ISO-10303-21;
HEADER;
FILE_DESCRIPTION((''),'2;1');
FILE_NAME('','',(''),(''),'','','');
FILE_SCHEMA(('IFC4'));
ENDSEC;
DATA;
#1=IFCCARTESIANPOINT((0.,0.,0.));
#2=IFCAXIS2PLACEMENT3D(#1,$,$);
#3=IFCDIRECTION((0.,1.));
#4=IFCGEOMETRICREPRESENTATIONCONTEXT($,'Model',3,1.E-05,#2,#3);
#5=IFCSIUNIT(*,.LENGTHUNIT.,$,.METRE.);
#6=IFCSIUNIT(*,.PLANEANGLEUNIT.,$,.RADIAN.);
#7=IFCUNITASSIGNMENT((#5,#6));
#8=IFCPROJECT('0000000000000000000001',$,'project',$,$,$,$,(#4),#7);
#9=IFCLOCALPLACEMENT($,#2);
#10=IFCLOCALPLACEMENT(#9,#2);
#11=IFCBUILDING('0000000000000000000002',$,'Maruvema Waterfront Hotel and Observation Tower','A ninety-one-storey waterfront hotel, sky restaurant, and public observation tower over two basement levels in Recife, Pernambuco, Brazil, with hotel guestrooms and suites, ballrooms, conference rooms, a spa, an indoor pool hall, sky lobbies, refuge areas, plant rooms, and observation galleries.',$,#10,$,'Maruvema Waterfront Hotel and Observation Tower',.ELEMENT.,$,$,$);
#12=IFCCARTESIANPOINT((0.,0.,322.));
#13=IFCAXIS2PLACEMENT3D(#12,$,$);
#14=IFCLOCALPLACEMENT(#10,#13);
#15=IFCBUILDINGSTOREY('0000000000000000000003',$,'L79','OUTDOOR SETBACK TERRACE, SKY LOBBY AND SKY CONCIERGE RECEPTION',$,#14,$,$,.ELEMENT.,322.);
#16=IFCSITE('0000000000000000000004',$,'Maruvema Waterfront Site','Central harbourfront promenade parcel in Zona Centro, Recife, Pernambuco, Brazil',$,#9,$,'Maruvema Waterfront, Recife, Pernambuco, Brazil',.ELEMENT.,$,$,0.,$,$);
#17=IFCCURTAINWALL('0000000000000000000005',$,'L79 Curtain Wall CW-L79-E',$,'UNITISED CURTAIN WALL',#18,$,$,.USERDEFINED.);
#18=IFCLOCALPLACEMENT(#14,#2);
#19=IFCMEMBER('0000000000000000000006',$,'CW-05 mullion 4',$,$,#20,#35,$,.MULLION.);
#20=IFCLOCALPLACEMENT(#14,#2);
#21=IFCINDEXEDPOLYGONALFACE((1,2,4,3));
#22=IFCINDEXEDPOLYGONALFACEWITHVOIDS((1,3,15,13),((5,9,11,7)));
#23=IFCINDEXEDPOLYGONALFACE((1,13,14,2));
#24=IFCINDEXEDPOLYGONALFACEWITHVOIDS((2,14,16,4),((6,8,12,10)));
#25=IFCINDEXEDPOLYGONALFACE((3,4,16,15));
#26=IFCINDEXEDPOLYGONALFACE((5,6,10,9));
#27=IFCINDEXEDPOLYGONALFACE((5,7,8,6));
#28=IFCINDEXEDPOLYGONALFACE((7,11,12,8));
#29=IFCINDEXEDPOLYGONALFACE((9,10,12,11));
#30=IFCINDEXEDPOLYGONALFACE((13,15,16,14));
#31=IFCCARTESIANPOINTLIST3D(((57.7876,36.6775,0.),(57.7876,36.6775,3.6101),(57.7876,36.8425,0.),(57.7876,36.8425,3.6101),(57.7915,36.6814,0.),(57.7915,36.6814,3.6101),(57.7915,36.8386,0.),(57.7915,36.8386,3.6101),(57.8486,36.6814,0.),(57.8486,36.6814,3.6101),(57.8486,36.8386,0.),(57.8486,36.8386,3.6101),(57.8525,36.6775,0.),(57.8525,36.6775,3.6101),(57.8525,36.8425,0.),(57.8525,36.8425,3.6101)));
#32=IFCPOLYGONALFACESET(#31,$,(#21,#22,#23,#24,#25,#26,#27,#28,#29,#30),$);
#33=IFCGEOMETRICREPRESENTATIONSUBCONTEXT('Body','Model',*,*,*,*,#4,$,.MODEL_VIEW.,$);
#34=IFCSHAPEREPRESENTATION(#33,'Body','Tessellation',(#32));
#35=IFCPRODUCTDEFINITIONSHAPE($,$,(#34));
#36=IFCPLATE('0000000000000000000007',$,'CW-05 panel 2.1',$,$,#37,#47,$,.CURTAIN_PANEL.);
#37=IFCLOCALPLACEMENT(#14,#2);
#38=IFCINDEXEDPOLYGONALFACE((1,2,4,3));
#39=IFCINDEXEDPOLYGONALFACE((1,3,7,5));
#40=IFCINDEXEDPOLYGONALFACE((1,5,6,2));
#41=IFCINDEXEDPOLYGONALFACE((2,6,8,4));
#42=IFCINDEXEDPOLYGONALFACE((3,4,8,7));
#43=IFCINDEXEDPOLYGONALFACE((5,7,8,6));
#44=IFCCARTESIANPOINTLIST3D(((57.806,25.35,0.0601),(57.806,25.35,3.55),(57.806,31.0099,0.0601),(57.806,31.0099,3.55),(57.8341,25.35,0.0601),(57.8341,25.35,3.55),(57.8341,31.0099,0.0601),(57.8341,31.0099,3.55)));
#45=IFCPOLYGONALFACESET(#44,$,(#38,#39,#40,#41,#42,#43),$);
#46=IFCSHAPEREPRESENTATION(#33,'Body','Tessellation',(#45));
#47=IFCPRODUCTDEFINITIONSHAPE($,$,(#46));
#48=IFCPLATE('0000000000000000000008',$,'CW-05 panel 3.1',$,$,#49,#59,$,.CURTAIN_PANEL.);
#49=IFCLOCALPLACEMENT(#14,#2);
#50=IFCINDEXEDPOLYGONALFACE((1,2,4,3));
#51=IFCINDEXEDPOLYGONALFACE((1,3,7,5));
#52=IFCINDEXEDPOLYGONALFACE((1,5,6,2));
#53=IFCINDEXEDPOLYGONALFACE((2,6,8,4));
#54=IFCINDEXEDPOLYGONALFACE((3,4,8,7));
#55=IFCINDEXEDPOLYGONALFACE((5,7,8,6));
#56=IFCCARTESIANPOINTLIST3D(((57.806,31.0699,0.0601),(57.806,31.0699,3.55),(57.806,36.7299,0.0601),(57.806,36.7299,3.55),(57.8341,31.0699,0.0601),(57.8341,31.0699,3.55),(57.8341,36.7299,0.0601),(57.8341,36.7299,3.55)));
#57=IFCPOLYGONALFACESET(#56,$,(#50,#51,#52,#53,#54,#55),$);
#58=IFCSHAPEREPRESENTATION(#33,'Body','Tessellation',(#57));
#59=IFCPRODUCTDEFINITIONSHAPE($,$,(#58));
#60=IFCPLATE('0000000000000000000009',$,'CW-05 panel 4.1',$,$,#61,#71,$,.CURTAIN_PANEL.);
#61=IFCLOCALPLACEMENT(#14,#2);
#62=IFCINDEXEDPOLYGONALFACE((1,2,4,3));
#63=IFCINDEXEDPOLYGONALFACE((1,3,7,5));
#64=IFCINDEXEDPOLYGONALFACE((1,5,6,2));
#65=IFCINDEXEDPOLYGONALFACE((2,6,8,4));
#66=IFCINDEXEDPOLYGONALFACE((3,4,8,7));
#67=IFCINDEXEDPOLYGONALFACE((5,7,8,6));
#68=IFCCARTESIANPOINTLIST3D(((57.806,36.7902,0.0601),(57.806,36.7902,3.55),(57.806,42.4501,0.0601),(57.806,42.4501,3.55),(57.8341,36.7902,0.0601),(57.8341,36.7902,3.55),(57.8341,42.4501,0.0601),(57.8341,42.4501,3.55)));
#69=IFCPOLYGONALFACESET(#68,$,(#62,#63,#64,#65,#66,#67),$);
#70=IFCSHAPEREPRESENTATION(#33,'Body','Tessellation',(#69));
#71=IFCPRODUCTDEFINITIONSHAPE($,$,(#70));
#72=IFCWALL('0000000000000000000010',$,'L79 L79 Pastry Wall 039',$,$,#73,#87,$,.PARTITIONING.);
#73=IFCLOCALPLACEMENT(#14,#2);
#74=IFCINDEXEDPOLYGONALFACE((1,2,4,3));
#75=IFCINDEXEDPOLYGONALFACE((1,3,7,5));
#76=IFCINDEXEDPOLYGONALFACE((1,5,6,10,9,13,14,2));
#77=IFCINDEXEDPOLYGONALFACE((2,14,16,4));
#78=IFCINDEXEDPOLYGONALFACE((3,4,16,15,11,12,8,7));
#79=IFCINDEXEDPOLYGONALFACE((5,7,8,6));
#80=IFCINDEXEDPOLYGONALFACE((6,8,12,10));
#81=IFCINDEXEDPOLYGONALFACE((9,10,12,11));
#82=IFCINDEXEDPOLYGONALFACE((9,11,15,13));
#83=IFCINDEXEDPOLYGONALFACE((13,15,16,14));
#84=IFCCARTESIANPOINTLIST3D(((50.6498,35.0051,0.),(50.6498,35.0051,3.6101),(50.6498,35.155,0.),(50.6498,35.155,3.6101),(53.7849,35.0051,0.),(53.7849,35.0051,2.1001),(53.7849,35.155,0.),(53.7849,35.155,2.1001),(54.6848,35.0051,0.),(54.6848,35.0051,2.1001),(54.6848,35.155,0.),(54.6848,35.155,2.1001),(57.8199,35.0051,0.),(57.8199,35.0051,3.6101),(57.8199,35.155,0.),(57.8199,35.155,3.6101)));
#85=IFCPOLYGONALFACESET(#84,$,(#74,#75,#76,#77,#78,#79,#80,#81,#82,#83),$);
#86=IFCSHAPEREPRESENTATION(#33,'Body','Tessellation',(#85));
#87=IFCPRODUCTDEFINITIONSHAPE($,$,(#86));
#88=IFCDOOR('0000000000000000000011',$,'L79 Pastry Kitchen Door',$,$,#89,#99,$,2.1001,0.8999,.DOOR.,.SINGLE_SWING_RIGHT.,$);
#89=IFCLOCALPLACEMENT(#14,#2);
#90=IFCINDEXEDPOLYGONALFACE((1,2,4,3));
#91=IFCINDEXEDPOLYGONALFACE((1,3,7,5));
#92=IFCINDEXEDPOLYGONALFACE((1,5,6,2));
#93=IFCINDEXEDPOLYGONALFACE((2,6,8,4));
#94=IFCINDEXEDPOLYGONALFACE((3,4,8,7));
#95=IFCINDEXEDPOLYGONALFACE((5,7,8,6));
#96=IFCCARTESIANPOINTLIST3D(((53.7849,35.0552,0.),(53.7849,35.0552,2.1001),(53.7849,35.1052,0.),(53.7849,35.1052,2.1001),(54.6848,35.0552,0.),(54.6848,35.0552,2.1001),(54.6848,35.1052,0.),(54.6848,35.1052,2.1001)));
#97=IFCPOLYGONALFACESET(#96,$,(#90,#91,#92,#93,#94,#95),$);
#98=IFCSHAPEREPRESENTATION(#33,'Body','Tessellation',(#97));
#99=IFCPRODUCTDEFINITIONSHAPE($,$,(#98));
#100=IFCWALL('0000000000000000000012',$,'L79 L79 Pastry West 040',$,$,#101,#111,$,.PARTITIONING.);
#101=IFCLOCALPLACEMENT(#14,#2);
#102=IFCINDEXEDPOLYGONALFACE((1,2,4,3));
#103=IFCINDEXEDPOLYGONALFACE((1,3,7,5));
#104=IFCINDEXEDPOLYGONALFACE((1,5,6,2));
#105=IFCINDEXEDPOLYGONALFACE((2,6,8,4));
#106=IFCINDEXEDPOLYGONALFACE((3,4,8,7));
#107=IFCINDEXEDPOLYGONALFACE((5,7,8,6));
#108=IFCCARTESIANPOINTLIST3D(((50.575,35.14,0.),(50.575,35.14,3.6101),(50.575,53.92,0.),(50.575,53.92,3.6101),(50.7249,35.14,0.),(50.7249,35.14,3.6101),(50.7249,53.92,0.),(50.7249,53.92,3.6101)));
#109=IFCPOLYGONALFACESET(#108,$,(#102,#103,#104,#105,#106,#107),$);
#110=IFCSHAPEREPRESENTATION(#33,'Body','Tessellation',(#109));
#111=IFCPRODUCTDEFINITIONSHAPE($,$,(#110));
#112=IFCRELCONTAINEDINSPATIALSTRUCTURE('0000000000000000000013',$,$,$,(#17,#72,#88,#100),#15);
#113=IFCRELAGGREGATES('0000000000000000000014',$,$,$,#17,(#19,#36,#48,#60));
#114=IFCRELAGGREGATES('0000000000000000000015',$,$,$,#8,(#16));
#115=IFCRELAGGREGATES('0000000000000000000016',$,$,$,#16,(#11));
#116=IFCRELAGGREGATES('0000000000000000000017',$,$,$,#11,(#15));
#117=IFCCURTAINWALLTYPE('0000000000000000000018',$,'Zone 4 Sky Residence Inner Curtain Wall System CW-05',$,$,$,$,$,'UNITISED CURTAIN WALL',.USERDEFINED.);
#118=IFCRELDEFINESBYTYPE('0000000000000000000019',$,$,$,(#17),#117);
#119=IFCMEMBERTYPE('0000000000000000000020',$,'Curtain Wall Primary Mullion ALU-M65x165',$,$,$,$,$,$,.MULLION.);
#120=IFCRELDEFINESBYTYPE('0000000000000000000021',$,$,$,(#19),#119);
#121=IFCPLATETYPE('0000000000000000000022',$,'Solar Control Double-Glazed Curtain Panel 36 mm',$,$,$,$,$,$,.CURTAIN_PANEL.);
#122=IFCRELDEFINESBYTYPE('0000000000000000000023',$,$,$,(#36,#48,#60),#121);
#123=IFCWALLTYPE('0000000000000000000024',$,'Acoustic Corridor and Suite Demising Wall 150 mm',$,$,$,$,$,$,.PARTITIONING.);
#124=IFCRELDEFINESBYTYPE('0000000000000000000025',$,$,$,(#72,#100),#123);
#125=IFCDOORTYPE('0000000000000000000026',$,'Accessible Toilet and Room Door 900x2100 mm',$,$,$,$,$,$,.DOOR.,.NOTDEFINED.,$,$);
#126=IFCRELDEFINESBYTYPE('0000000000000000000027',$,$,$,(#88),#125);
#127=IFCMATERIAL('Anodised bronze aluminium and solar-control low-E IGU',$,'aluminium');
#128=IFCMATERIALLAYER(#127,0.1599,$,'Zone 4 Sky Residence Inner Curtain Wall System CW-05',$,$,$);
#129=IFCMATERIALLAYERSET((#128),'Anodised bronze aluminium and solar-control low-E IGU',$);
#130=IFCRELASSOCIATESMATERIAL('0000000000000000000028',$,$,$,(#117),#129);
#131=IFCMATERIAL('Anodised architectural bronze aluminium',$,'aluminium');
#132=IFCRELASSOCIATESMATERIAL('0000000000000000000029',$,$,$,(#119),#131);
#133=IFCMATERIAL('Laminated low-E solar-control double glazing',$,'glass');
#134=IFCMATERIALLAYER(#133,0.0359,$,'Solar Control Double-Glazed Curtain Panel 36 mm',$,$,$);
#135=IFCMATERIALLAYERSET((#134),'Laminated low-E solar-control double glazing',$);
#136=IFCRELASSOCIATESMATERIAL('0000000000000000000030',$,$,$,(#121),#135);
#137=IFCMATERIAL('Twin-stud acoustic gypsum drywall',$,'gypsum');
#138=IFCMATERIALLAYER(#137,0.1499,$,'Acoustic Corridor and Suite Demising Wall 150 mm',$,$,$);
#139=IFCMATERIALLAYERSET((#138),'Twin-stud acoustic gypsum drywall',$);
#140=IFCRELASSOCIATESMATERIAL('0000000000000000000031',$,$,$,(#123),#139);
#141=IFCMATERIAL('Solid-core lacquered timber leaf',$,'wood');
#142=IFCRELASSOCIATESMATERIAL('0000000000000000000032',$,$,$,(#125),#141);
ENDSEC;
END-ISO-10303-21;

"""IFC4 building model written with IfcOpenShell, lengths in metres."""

from ifc_helpers import new_model, si_unit, direction, frame, frame_2d, origin, origin_2d, place, context, subcontext, project, spatial, rectangle, hollow_rectangle, extrude, material, layer, layer_set, material_profile, profile_set, type_object, element, fill, aggregate, save


model = new_model("IFC4")

# Units and contexts
model_context = context("Model", 3, precision=1e-05, world=origin(), true_north=direction((0.0, 1.0)))
body_context = subcontext(model_context, "Body", "Model", "MODEL_VIEW")
ifc_project = project(units=[si_unit("LENGTHUNIT", "METRE"), si_unit("PLANEANGLEUNIT", "RADIAN")], contexts=[model_context])

# Site, building, storey
site_placement = place(None, origin())
site = spatial("IfcSite", under=ifc_project, at=site_placement, Name="Maruvema Waterfront Site", Description="Central harbourfront promenade parcel in Zona Centro, Recife, Pernambuco, Brazil", LongName="Maruvema Waterfront, Recife, Pernambuco, Brazil", CompositionType="ELEMENT", RefElevation=0.0)
building_placement = place(site_placement, origin())
building = spatial("IfcBuilding", under=site, at=building_placement, Name="Maruvema Waterfront Hotel and Observation Tower", Description="A ninety-one-storey waterfront hotel, sky restaurant, and public observation tower over two basement levels in Recife, Pernambuco, Brazil, with hotel guestrooms and suites, ballrooms, conference rooms, a spa, an indoor pool hall, sky lobbies, refuge areas, plant rooms, and observation galleries.", LongName="Maruvema Waterfront Hotel and Observation Tower", CompositionType="ELEMENT")
storey_placement = place(building_placement, frame((0.0, 0.0, 322.0)))
storey = spatial("IfcBuildingStorey", under=building, at=storey_placement, Name="L79", Description="OUTDOOR SETBACK TERRACE, SKY LOBBY AND SKY CONCIERGE RECEPTION", CompositionType="ELEMENT", Elevation=322.0)

# Curtain wall, member, plates
ifc_material_1 = material(Name="Anodised bronze aluminium and solar-control low-E IGU", Category="aluminium")
ifc_layer_1 = layer(ifc_material_1, 0.1599, Name="Zone 4 Sky Residence Inner Curtain Wall System CW-05")
ifc_layer_set_1 = layer_set([ifc_layer_1], Name="Anodised bronze aluminium and solar-control low-E IGU")
curtain_wall_type = type_object("IfcCurtainWallType", Name="Zone 4 Sky Residence Inner Curtain Wall System CW-05", ElementType="UNITISED CURTAIN WALL", PredefinedType="USERDEFINED", material=ifc_layer_set_1)
curtain_wall_placement = place(storey_placement, origin())
curtain_wall = element("IfcCurtainWall", 1, at=curtain_wall_placement, inside=storey, type_object=curtain_wall_type, Name="L79 Curtain Wall CW-L79-E", ObjectType="UNITISED CURTAIN WALL", PredefinedType="USERDEFINED")
ifc_material_2 = material(Name="Anodised architectural bronze aluminium", Category="aluminium")
ifc_material_profile_1 = material_profile(ifc_material_2, hollow_rectangle(XDim=0.0649, YDim=0.165, WallThickness=0.0039, at=origin_2d()), Name="ALU-M65x165")
ifc_profile_set_1 = profile_set([ifc_material_profile_1], Name="Anodised architectural bronze aluminium")
member_type_1 = type_object("IfcMemberType", Name="Curtain Wall Primary Mullion ALU-M65x165", PredefinedType="MULLION", material=ifc_profile_set_1)
member_1_placement = place(storey_placement, frame((57.8201, 36.76, 0.0), z_axis=(0.0, 0.0, 1.0), x_axis=(-1.0, 0.0, 0.0)))
member_1 = element("IfcMember", 2, at=member_1_placement, type_object=member_type_1, Name="CW-05 mullion 4", PredefinedType="MULLION", context=body_context, shape_type="SweptSolid", body=[
    extrude(hollow_rectangle(XDim=0.0649, YDim=0.165, WallThickness=0.0039, at=origin_2d()), origin(), (0.0, 0.0, 1.0), 3.6101),
])
ifc_material_3 = material(Name="Laminated low-E solar-control double glazing", Category="glass")
ifc_layer_2 = layer(ifc_material_3, 0.0359, Name="Solar Control Double-Glazed Curtain Panel 36 mm")
ifc_layer_set_2 = layer_set([ifc_layer_2], Name="Laminated low-E solar-control double glazing")
plate_type = type_object("IfcPlateType", Name="Solar Control Double-Glazed Curtain Panel 36 mm", PredefinedType="CURTAIN_PANEL", material=ifc_layer_set_2)
plate_1_placement = place(storey_placement, frame((57.8201, 28.1799, 0.0601), z_axis=(0.0, 0.0, 1.0), x_axis=(0.0, 1.0, 0.0)))
plate_1 = element("IfcPlate", 3, at=plate_1_placement, type_object=plate_type, Name="CW-05 panel 2.1", PredefinedType="CURTAIN_PANEL", context=body_context, shape_type="SweptSolid", body=[
    extrude(rectangle(XDim=5.6599, YDim=0.0281, at=origin_2d()), origin(), (0.0, 0.0, 1.0), 3.49),
])
plate_2_placement = place(storey_placement, frame((57.8201, 33.8999, 0.0601), z_axis=(0.0, 0.0, 1.0), x_axis=(0.0, 1.0, 0.0)))
plate_2 = element("IfcPlate", 4, at=plate_2_placement, type_object=plate_type, Name="CW-05 panel 3.1", PredefinedType="CURTAIN_PANEL", context=body_context, shape_type="SweptSolid", body=[
    extrude(rectangle(XDim=5.6599, YDim=0.0281, at=origin_2d()), origin(), (0.0, 0.0, 1.0), 3.49),
])
plate_3_placement = place(storey_placement, frame((57.8201, 39.6201, 0.0601), z_axis=(0.0, 0.0, 1.0), x_axis=(0.0, 1.0, 0.0)))
plate_3 = element("IfcPlate", 5, at=plate_3_placement, type_object=plate_type, Name="CW-05 panel 4.1", PredefinedType="CURTAIN_PANEL", context=body_context, shape_type="SweptSolid", body=[
    extrude(rectangle(XDim=5.6599, YDim=0.0281, at=origin_2d()), origin(), (0.0, 0.0, 1.0), 3.49),
])
aggregate(curtain_wall, [member_1, plate_1, plate_2, plate_3])

# Wall, opening, door
ifc_material_4 = material(Name="Twin-stud acoustic gypsum drywall", Category="gypsum")
ifc_layer_3 = layer(ifc_material_4, 0.1499, Name="Acoustic Corridor and Suite Demising Wall 150 mm")
ifc_layer_set_3 = layer_set([ifc_layer_3], Name="Twin-stud acoustic gypsum drywall")
wall_type = type_object("IfcWallType", Name="Acoustic Corridor and Suite Demising Wall 150 mm", PredefinedType="PARTITIONING", material=ifc_layer_set_3)
wall_1_placement = place(storey_placement, frame((50.6499, 35.0801, 0.0), z_axis=(0.0, 0.0, 1.0), x_axis=(1.0, 0.0, 0.0)))
wall_1 = element("IfcWall", 6, at=wall_1_placement, inside=storey, type_object=wall_type, Name="L79 L79 Pastry Wall 039", PredefinedType="PARTITIONING", context=body_context, shape_type="SweptSolid", body=[
    extrude(rectangle(XDim=7.1702, YDim=0.1499, at=frame_2d((3.585, 0.0))), origin(), (0.0, 0.0, 1.0), 3.6101),
])
opening_placement = place(wall_1_placement, frame((3.135, 0.0, 0.0)))
opening = element("IfcOpeningElement", 7, at=opening_placement, cuts=wall_1, PredefinedType="OPENING", context=body_context, shape_type="SweptSolid", body=[
    extrude(rectangle(XDim=0.8999, YDim=2.1001, at=frame_2d((0.45, 1.05))), frame((0.0, 0.085, 0.0), z_axis=(0.0, -1.0, 0.0), x_axis=(1.0, 0.0, 0.0)), (0.0, 0.0, 1.0), 0.1699),
])
ifc_material_5 = material(Name="Solid-core lacquered timber leaf", Category="wood")
door_type = type_object("IfcDoorType", Name="Accessible Toilet and Room Door 900x2100 mm", OperationType="NOTDEFINED", PredefinedType="DOOR", material=ifc_material_5)
door_placement = place(opening_placement, frame((0.8999, 0.0, 0.0), z_axis=(0.0, 0.0, 1.0), x_axis=(-1.0, 0.0, 0.0)))
door = element("IfcDoor", 8, at=door_placement, inside=storey, type_object=door_type, Name="L79 Pastry Kitchen Door", OperationType="SINGLE_SWING_RIGHT", OverallHeight=2.1001, OverallWidth=0.8999, PredefinedType="DOOR", context=body_context, shape_type="SweptSolid", body=[
    extrude(rectangle(XDim=0.8999, YDim=2.1001, at=frame_2d((0.45, 1.05))), frame((0.0, 0.0249, 0.0), z_axis=(0.0, -1.0, 0.0), x_axis=(1.0, 0.0, 0.0)), (0.0, 0.0, 1.0), 0.05),
])
fill(opening, door)

# Wall
wall_2_placement = place(storey_placement, frame((50.6499, 35.1399, 0.0), z_axis=(0.0, 0.0, 1.0), x_axis=(0.0, 1.0, 0.0)))
element("IfcWall", 9, at=wall_2_placement, inside=storey, type_object=wall_type, Name="L79 L79 Pastry West 040", PredefinedType="PARTITIONING", context=body_context, shape_type="SweptSolid", body=[
    extrude(rectangle(XDim=18.78, YDim=0.1499, at=frame_2d((9.3901, 0.0))), origin(), (0.0, 0.0, 1.0), 3.6101),
])

save(model, "model.ifc")
